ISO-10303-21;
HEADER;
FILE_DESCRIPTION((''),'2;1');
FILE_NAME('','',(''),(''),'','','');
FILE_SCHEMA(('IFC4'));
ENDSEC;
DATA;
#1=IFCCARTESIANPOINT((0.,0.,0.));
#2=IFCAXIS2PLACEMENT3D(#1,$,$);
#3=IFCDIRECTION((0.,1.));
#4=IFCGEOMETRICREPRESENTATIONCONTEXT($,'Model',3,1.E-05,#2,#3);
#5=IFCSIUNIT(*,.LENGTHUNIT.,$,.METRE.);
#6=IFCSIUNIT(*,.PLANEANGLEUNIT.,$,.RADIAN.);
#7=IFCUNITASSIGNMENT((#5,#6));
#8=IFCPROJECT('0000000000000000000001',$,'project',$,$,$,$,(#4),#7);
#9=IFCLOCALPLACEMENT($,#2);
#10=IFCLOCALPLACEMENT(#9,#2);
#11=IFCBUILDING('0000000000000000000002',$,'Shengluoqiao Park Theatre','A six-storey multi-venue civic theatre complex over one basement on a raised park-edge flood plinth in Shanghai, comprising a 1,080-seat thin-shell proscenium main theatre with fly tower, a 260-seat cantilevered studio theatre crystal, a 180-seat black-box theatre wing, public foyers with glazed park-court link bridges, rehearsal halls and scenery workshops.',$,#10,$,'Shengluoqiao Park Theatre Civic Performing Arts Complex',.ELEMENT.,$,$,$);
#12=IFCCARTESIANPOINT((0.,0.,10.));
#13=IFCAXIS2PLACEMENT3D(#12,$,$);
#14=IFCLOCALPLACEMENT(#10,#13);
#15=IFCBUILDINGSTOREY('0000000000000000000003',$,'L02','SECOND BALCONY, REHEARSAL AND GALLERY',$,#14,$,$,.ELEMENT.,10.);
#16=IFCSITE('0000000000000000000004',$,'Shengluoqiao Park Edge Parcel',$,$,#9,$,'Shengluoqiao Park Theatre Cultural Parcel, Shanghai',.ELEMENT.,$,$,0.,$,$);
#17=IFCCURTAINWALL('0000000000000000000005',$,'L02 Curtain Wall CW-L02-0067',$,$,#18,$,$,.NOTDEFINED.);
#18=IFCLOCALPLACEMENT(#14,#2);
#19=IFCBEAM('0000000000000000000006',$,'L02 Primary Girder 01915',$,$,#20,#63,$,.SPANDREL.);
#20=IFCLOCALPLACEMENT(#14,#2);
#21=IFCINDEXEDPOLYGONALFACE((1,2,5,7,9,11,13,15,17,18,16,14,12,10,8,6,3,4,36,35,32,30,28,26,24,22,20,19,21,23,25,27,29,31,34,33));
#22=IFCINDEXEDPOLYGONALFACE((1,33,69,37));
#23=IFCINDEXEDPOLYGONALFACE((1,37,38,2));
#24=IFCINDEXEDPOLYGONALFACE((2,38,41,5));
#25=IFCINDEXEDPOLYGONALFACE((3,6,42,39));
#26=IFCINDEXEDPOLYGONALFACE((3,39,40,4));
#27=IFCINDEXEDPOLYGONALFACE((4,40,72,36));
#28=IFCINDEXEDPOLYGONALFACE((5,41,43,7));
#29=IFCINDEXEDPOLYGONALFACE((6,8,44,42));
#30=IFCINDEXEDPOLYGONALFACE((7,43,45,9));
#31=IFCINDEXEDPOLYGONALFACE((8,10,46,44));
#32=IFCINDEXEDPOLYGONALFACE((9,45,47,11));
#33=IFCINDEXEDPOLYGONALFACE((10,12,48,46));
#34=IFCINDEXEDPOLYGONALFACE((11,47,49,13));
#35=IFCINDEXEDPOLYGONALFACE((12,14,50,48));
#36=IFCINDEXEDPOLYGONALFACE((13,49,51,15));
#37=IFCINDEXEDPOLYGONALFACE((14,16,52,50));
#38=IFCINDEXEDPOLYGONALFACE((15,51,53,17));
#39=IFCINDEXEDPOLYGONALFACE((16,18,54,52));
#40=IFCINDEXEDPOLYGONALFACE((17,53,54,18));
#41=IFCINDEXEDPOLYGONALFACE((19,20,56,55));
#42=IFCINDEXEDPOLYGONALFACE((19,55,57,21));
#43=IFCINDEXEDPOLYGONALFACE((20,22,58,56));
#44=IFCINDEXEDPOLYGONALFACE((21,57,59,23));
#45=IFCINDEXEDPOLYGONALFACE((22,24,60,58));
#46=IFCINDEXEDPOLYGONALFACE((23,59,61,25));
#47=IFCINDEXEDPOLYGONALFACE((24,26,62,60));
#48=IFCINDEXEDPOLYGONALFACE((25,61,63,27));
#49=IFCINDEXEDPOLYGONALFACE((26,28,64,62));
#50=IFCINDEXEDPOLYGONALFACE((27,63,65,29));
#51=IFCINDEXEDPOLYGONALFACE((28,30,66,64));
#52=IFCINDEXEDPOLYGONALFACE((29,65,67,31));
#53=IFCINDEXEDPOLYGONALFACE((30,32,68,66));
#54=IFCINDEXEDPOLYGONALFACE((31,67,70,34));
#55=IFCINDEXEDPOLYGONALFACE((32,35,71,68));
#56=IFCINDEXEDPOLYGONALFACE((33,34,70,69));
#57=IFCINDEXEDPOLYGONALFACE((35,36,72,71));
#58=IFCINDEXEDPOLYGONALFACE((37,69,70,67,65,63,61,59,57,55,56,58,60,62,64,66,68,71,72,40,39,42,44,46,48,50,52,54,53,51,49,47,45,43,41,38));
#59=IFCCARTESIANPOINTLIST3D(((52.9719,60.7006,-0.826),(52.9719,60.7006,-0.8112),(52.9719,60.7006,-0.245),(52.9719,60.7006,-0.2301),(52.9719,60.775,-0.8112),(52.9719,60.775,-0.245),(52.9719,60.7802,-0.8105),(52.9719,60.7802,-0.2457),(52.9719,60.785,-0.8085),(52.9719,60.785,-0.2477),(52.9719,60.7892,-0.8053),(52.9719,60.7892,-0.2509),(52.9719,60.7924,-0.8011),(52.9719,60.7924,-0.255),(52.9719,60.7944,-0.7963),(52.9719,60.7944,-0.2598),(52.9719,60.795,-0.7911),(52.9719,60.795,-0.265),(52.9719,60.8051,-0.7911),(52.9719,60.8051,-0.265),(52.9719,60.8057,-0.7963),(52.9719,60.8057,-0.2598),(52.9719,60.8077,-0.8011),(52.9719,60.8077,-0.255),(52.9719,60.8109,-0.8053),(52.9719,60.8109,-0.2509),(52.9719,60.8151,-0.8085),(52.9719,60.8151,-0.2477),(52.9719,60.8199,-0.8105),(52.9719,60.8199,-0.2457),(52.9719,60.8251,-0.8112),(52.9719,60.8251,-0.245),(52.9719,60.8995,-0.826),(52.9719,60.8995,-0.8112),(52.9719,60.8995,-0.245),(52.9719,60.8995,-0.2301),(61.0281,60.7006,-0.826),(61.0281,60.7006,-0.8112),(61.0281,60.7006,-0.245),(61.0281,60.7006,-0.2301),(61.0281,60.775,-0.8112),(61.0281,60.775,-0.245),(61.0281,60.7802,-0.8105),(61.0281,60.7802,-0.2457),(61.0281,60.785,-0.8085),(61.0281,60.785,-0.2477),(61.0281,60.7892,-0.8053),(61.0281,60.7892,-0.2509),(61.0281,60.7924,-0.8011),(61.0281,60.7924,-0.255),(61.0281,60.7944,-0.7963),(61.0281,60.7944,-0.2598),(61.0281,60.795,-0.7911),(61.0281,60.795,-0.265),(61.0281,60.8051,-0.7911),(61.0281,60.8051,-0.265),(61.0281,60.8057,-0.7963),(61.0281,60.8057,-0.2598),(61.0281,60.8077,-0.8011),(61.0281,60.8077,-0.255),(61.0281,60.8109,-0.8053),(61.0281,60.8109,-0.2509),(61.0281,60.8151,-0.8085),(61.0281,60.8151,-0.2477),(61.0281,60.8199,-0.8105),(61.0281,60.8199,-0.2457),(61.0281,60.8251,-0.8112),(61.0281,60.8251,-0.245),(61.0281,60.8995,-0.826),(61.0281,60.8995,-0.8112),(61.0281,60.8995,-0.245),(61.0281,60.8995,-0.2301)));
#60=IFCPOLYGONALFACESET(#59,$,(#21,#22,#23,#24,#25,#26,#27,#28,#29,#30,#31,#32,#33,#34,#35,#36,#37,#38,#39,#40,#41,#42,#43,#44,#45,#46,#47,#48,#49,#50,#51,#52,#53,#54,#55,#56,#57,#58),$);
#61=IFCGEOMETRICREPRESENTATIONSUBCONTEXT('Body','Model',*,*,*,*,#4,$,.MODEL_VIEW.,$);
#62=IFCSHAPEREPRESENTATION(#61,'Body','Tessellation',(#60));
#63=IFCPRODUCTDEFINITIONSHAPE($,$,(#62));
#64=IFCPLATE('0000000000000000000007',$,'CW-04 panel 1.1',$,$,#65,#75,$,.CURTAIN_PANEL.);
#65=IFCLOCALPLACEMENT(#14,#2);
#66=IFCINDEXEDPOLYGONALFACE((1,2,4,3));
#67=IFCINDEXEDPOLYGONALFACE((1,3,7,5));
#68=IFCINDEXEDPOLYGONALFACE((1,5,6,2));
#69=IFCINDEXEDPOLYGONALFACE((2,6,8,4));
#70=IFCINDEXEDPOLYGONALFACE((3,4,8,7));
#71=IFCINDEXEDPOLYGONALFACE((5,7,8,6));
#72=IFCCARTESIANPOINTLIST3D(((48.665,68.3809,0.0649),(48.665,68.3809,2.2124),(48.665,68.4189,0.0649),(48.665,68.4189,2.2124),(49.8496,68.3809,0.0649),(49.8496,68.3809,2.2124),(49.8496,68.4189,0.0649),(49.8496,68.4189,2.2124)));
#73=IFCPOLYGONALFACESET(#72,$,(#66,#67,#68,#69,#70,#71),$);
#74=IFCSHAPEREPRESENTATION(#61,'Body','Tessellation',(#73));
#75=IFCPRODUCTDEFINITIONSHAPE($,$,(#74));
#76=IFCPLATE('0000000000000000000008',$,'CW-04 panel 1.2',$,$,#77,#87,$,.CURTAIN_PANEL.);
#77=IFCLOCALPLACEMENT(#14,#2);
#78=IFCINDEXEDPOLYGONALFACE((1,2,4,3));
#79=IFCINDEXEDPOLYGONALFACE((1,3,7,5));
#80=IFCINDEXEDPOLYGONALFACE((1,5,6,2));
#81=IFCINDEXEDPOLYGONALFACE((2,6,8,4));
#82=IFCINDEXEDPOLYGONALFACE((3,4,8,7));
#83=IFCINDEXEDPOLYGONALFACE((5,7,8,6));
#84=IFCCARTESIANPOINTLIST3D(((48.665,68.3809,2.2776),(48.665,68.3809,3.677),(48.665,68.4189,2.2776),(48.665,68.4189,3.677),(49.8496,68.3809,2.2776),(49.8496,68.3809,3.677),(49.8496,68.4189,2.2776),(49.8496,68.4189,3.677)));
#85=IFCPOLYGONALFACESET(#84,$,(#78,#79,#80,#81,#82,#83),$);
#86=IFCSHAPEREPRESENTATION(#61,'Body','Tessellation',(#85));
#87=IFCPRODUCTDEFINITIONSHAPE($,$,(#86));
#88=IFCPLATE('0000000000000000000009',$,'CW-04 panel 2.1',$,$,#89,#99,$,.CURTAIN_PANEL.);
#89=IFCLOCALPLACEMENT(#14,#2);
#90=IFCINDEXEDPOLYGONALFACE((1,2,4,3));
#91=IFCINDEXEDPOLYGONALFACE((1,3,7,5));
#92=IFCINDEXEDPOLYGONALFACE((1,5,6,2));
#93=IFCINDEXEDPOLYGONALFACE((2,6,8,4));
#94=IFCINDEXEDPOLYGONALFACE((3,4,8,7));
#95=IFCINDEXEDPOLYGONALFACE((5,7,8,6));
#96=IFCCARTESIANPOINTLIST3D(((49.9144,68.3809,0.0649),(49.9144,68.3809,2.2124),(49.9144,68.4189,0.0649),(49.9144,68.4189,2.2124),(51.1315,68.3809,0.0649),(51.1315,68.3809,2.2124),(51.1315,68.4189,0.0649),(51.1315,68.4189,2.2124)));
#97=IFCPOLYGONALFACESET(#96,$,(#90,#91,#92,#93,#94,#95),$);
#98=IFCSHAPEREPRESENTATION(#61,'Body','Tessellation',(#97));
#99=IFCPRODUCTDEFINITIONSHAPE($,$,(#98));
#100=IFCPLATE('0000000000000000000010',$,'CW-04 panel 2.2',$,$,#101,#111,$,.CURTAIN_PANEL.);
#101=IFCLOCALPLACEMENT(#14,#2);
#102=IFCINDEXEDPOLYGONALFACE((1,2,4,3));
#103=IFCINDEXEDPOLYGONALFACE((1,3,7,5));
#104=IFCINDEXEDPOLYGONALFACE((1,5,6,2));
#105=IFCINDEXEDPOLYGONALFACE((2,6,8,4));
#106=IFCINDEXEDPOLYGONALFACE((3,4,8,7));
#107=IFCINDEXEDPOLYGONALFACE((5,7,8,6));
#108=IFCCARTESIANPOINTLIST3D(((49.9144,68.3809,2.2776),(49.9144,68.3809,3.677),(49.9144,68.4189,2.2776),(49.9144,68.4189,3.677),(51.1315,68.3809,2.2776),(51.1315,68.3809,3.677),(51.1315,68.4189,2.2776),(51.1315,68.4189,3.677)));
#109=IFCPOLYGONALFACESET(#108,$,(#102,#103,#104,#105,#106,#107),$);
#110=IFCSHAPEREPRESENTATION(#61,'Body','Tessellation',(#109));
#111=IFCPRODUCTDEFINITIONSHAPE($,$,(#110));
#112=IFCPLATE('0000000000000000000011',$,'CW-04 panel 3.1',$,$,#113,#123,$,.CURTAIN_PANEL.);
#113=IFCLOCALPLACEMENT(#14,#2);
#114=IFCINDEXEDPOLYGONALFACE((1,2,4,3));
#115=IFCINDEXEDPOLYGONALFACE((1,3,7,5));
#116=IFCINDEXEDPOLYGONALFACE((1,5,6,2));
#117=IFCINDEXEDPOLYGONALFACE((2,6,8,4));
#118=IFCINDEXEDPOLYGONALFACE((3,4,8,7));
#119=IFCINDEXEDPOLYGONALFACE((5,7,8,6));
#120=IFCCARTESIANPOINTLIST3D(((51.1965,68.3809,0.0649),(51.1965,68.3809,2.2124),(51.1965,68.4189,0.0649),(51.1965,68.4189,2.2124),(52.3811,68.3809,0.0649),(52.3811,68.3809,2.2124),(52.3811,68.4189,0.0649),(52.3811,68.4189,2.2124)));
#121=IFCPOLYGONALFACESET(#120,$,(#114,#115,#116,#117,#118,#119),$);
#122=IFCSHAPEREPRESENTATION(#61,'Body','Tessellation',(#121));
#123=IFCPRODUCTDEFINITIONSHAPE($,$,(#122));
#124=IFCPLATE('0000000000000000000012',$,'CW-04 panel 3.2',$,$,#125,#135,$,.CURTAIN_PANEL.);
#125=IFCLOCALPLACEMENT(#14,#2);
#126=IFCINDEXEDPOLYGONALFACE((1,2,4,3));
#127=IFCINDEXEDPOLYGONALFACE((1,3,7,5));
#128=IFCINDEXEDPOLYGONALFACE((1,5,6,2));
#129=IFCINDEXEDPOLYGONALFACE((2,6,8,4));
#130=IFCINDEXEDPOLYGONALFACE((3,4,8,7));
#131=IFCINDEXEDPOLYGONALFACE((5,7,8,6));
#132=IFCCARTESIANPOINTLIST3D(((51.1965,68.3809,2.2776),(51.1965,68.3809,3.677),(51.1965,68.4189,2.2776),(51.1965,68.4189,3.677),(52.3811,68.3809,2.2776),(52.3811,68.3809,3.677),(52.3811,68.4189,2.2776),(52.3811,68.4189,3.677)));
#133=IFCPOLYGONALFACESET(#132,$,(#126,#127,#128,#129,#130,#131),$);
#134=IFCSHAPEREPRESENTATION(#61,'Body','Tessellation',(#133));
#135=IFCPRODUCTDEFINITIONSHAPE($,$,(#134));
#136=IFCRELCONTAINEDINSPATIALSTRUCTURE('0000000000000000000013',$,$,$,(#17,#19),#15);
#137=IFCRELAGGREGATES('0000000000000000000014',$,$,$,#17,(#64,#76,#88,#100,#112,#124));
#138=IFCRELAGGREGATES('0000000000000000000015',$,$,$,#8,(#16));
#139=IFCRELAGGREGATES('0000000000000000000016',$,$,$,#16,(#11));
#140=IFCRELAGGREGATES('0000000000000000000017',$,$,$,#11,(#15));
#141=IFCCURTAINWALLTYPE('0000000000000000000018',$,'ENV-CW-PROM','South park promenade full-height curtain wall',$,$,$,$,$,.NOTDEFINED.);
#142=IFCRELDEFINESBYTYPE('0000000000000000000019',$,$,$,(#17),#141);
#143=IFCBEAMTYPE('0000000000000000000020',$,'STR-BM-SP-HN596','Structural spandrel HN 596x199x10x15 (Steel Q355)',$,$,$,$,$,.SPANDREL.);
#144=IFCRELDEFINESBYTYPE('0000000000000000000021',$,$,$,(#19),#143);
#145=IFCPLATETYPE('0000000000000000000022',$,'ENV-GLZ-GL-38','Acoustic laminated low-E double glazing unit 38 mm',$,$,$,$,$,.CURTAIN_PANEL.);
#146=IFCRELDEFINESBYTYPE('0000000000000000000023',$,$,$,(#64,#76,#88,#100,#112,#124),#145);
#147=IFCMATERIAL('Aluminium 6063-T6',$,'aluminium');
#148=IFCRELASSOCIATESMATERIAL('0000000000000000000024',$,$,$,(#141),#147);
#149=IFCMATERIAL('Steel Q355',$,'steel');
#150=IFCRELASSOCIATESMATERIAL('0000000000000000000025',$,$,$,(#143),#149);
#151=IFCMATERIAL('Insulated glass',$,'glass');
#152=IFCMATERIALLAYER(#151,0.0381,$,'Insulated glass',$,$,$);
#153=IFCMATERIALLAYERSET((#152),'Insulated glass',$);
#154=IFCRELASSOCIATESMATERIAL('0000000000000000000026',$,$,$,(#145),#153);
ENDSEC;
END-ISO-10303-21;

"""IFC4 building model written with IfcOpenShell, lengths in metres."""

from ifc_helpers import new_model, si_unit, direction, frame, origin, origin_2d, place, context, subcontext, project, spatial, rectangle, i_section, extrude, material, layer, layer_set, material_profile, profile_set, type_object, element, aggregate, save


model = new_model("IFC4")

# Units and contexts
model_context = context("Model", 3, precision=1e-05, world=origin(), true_north=direction((0.0, 1.0)))
body_context = subcontext(model_context, "Body", "Model", "MODEL_VIEW")
ifc_project = project(units=[si_unit("LENGTHUNIT", "METRE"), si_unit("PLANEANGLEUNIT", "RADIAN")], contexts=[model_context])

# Site, building, storey
site_placement = place(None, origin())
site = spatial("IfcSite", under=ifc_project, at=site_placement, Name="Shengluoqiao Park Edge Parcel", LongName="Shengluoqiao Park Theatre Cultural Parcel, Shanghai", CompositionType="ELEMENT", RefElevation=0.0)
building_placement = place(site_placement, origin())
building = spatial("IfcBuilding", under=site, at=building_placement, Name="Shengluoqiao Park Theatre", Description="A six-storey multi-venue civic theatre complex over one basement on a raised park-edge flood plinth in Shanghai, comprising a 1,080-seat thin-shell proscenium main theatre with fly tower, a 260-seat cantilevered studio theatre crystal, a 180-seat black-box theatre wing, public foyers with glazed park-court link bridges, rehearsal halls and scenery workshops.", LongName="Shengluoqiao Park Theatre Civic Performing Arts Complex", CompositionType="ELEMENT")
storey_placement = place(building_placement, frame((0.0, 0.0, 10.0)))
storey = spatial("IfcBuildingStorey", under=building, at=storey_placement, Name="L02", Description="SECOND BALCONY, REHEARSAL AND GALLERY", CompositionType="ELEMENT", Elevation=10.0)

# Curtain wall
ifc_material_1 = material(Name="Aluminium 6063-T6", Category="aluminium")
curtain_wall_type = type_object("IfcCurtainWallType", Name="ENV-CW-PROM", Description="South park promenade full-height curtain wall", PredefinedType="NOTDEFINED", material=ifc_material_1)
curtain_wall_1_placement = place(storey_placement, origin())
curtain_wall_1 = element("IfcCurtainWall", 1, at=curtain_wall_1_placement, inside=storey, type_object=curtain_wall_type, Name="L02 Curtain Wall CW-L02-0067", PredefinedType="NOTDEFINED")

# Beam
ifc_material_2 = material(Name="Steel Q355", Category="steel")
ifc_material_profile_1 = material_profile(ifc_material_2, i_section(OverallWidth=0.199, OverallDepth=0.5959, WebThickness=0.01, FlangeThickness=0.0149, FilletRadius=0.02, at=origin_2d()), Name="HN 596x199x10x15")
ifc_profile_set_1 = profile_set([ifc_material_profile_1], Name="Steel Q355")
beam_type = type_object("IfcBeamType", Name="STR-BM-SP-HN596", Description="Structural spandrel HN 596x199x10x15 (Steel Q355)", PredefinedType="SPANDREL", material=ifc_profile_set_1)
beam_1_placement = place(storey_placement, frame((52.9719, 60.8, -0.5281), z_axis=(1.0, 0.0, 0.0), x_axis=(0.0, 1.0, 0.0)))
element("IfcBeam", 2, at=beam_1_placement, inside=storey, type_object=beam_type, Name="L02 Primary Girder 01915", PredefinedType="SPANDREL", context=body_context, shape_type="SweptSolid", body=[
    extrude(i_section(OverallWidth=0.199, OverallDepth=0.5959, WebThickness=0.01, FlangeThickness=0.0149, FilletRadius=0.02, at=origin_2d()), origin(), (0.0, 0.0, 1.0), 8.0562),
])

# Plates
ifc_material_3 = material(Name="Insulated glass", Category="glass")
ifc_layer = layer(ifc_material_3, 0.0381, Name="Insulated glass")
ifc_layer_set = layer_set([ifc_layer], Name="Insulated glass")
plate_type = type_object("IfcPlateType", Name="ENV-GLZ-GL-38", Description="Acoustic laminated low-E double glazing unit 38 mm", PredefinedType="CURTAIN_PANEL", material=ifc_layer_set)
plate_1_placement = place(storey_placement, frame((49.2573, 68.3999, 0.0649), z_axis=(0.0, 0.0, 1.0), x_axis=(1.0, 0.0, 0.0)))
plate_1 = element("IfcPlate", 3, at=plate_1_placement, type_object=plate_type, Name="CW-04 panel 1.1", PredefinedType="CURTAIN_PANEL", context=body_context, shape_type="SweptSolid", body=[
    extrude(rectangle(XDim=1.1846, YDim=0.0381, at=origin_2d()), origin(), (0.0, 0.0, 1.0), 2.1475),
])
plate_2_placement = place(storey_placement, frame((49.2573, 68.3999, 2.2776), z_axis=(0.0, 0.0, 1.0), x_axis=(1.0, 0.0, 0.0)))
plate_2 = element("IfcPlate", 4, at=plate_2_placement, type_object=plate_type, Name="CW-04 panel 1.2", PredefinedType="CURTAIN_PANEL", context=body_context, shape_type="SweptSolid", body=[
    extrude(rectangle(XDim=1.1846, YDim=0.0381, at=origin_2d()), origin(), (0.0, 0.0, 1.0), 1.3994),
])
plate_3_placement = place(storey_placement, frame((50.5229, 68.3999, 0.0649), z_axis=(0.0, 0.0, 1.0), x_axis=(1.0, 0.0, 0.0)))
plate_3 = element("IfcPlate", 5, at=plate_3_placement, type_object=plate_type, Name="CW-04 panel 2.1", PredefinedType="CURTAIN_PANEL", context=body_context, shape_type="SweptSolid", body=[
    extrude(rectangle(XDim=1.217, YDim=0.0381, at=origin_2d()), origin(), (0.0, 0.0, 1.0), 2.1475),
])
plate_4_placement = place(storey_placement, frame((50.5229, 68.3999, 2.2776), z_axis=(0.0, 0.0, 1.0), x_axis=(1.0, 0.0, 0.0)))
plate_4 = element("IfcPlate", 6, at=plate_4_placement, type_object=plate_type, Name="CW-04 panel 2.2", PredefinedType="CURTAIN_PANEL", context=body_context, shape_type="SweptSolid", body=[
    extrude(rectangle(XDim=1.217, YDim=0.0381, at=origin_2d()), origin(), (0.0, 0.0, 1.0), 1.3994),
])
plate_5_placement = place(storey_placement, frame((51.7888, 68.3999, 0.0649), z_axis=(0.0, 0.0, 1.0), x_axis=(1.0, 0.0, 0.0)))
plate_5 = element("IfcPlate", 7, at=plate_5_placement, type_object=plate_type, Name="CW-04 panel 3.1", PredefinedType="CURTAIN_PANEL", context=body_context, shape_type="SweptSolid", body=[
    extrude(rectangle(XDim=1.1846, YDim=0.0381, at=origin_2d()), origin(), (0.0, 0.0, 1.0), 2.1475),
])
plate_6_placement = place(storey_placement, frame((51.7888, 68.3999, 2.2776), z_axis=(0.0, 0.0, 1.0), x_axis=(1.0, 0.0, 0.0)))
plate_6 = element("IfcPlate", 8, at=plate_6_placement, type_object=plate_type, Name="CW-04 panel 3.2", PredefinedType="CURTAIN_PANEL", context=body_context, shape_type="SweptSolid", body=[
    extrude(rectangle(XDim=1.1846, YDim=0.0381, at=origin_2d()), origin(), (0.0, 0.0, 1.0), 1.3994),
])
aggregate(curtain_wall_1, [plate_1, plate_2, plate_3, plate_4, plate_5, plate_6])

save(model, "model.ifc")
